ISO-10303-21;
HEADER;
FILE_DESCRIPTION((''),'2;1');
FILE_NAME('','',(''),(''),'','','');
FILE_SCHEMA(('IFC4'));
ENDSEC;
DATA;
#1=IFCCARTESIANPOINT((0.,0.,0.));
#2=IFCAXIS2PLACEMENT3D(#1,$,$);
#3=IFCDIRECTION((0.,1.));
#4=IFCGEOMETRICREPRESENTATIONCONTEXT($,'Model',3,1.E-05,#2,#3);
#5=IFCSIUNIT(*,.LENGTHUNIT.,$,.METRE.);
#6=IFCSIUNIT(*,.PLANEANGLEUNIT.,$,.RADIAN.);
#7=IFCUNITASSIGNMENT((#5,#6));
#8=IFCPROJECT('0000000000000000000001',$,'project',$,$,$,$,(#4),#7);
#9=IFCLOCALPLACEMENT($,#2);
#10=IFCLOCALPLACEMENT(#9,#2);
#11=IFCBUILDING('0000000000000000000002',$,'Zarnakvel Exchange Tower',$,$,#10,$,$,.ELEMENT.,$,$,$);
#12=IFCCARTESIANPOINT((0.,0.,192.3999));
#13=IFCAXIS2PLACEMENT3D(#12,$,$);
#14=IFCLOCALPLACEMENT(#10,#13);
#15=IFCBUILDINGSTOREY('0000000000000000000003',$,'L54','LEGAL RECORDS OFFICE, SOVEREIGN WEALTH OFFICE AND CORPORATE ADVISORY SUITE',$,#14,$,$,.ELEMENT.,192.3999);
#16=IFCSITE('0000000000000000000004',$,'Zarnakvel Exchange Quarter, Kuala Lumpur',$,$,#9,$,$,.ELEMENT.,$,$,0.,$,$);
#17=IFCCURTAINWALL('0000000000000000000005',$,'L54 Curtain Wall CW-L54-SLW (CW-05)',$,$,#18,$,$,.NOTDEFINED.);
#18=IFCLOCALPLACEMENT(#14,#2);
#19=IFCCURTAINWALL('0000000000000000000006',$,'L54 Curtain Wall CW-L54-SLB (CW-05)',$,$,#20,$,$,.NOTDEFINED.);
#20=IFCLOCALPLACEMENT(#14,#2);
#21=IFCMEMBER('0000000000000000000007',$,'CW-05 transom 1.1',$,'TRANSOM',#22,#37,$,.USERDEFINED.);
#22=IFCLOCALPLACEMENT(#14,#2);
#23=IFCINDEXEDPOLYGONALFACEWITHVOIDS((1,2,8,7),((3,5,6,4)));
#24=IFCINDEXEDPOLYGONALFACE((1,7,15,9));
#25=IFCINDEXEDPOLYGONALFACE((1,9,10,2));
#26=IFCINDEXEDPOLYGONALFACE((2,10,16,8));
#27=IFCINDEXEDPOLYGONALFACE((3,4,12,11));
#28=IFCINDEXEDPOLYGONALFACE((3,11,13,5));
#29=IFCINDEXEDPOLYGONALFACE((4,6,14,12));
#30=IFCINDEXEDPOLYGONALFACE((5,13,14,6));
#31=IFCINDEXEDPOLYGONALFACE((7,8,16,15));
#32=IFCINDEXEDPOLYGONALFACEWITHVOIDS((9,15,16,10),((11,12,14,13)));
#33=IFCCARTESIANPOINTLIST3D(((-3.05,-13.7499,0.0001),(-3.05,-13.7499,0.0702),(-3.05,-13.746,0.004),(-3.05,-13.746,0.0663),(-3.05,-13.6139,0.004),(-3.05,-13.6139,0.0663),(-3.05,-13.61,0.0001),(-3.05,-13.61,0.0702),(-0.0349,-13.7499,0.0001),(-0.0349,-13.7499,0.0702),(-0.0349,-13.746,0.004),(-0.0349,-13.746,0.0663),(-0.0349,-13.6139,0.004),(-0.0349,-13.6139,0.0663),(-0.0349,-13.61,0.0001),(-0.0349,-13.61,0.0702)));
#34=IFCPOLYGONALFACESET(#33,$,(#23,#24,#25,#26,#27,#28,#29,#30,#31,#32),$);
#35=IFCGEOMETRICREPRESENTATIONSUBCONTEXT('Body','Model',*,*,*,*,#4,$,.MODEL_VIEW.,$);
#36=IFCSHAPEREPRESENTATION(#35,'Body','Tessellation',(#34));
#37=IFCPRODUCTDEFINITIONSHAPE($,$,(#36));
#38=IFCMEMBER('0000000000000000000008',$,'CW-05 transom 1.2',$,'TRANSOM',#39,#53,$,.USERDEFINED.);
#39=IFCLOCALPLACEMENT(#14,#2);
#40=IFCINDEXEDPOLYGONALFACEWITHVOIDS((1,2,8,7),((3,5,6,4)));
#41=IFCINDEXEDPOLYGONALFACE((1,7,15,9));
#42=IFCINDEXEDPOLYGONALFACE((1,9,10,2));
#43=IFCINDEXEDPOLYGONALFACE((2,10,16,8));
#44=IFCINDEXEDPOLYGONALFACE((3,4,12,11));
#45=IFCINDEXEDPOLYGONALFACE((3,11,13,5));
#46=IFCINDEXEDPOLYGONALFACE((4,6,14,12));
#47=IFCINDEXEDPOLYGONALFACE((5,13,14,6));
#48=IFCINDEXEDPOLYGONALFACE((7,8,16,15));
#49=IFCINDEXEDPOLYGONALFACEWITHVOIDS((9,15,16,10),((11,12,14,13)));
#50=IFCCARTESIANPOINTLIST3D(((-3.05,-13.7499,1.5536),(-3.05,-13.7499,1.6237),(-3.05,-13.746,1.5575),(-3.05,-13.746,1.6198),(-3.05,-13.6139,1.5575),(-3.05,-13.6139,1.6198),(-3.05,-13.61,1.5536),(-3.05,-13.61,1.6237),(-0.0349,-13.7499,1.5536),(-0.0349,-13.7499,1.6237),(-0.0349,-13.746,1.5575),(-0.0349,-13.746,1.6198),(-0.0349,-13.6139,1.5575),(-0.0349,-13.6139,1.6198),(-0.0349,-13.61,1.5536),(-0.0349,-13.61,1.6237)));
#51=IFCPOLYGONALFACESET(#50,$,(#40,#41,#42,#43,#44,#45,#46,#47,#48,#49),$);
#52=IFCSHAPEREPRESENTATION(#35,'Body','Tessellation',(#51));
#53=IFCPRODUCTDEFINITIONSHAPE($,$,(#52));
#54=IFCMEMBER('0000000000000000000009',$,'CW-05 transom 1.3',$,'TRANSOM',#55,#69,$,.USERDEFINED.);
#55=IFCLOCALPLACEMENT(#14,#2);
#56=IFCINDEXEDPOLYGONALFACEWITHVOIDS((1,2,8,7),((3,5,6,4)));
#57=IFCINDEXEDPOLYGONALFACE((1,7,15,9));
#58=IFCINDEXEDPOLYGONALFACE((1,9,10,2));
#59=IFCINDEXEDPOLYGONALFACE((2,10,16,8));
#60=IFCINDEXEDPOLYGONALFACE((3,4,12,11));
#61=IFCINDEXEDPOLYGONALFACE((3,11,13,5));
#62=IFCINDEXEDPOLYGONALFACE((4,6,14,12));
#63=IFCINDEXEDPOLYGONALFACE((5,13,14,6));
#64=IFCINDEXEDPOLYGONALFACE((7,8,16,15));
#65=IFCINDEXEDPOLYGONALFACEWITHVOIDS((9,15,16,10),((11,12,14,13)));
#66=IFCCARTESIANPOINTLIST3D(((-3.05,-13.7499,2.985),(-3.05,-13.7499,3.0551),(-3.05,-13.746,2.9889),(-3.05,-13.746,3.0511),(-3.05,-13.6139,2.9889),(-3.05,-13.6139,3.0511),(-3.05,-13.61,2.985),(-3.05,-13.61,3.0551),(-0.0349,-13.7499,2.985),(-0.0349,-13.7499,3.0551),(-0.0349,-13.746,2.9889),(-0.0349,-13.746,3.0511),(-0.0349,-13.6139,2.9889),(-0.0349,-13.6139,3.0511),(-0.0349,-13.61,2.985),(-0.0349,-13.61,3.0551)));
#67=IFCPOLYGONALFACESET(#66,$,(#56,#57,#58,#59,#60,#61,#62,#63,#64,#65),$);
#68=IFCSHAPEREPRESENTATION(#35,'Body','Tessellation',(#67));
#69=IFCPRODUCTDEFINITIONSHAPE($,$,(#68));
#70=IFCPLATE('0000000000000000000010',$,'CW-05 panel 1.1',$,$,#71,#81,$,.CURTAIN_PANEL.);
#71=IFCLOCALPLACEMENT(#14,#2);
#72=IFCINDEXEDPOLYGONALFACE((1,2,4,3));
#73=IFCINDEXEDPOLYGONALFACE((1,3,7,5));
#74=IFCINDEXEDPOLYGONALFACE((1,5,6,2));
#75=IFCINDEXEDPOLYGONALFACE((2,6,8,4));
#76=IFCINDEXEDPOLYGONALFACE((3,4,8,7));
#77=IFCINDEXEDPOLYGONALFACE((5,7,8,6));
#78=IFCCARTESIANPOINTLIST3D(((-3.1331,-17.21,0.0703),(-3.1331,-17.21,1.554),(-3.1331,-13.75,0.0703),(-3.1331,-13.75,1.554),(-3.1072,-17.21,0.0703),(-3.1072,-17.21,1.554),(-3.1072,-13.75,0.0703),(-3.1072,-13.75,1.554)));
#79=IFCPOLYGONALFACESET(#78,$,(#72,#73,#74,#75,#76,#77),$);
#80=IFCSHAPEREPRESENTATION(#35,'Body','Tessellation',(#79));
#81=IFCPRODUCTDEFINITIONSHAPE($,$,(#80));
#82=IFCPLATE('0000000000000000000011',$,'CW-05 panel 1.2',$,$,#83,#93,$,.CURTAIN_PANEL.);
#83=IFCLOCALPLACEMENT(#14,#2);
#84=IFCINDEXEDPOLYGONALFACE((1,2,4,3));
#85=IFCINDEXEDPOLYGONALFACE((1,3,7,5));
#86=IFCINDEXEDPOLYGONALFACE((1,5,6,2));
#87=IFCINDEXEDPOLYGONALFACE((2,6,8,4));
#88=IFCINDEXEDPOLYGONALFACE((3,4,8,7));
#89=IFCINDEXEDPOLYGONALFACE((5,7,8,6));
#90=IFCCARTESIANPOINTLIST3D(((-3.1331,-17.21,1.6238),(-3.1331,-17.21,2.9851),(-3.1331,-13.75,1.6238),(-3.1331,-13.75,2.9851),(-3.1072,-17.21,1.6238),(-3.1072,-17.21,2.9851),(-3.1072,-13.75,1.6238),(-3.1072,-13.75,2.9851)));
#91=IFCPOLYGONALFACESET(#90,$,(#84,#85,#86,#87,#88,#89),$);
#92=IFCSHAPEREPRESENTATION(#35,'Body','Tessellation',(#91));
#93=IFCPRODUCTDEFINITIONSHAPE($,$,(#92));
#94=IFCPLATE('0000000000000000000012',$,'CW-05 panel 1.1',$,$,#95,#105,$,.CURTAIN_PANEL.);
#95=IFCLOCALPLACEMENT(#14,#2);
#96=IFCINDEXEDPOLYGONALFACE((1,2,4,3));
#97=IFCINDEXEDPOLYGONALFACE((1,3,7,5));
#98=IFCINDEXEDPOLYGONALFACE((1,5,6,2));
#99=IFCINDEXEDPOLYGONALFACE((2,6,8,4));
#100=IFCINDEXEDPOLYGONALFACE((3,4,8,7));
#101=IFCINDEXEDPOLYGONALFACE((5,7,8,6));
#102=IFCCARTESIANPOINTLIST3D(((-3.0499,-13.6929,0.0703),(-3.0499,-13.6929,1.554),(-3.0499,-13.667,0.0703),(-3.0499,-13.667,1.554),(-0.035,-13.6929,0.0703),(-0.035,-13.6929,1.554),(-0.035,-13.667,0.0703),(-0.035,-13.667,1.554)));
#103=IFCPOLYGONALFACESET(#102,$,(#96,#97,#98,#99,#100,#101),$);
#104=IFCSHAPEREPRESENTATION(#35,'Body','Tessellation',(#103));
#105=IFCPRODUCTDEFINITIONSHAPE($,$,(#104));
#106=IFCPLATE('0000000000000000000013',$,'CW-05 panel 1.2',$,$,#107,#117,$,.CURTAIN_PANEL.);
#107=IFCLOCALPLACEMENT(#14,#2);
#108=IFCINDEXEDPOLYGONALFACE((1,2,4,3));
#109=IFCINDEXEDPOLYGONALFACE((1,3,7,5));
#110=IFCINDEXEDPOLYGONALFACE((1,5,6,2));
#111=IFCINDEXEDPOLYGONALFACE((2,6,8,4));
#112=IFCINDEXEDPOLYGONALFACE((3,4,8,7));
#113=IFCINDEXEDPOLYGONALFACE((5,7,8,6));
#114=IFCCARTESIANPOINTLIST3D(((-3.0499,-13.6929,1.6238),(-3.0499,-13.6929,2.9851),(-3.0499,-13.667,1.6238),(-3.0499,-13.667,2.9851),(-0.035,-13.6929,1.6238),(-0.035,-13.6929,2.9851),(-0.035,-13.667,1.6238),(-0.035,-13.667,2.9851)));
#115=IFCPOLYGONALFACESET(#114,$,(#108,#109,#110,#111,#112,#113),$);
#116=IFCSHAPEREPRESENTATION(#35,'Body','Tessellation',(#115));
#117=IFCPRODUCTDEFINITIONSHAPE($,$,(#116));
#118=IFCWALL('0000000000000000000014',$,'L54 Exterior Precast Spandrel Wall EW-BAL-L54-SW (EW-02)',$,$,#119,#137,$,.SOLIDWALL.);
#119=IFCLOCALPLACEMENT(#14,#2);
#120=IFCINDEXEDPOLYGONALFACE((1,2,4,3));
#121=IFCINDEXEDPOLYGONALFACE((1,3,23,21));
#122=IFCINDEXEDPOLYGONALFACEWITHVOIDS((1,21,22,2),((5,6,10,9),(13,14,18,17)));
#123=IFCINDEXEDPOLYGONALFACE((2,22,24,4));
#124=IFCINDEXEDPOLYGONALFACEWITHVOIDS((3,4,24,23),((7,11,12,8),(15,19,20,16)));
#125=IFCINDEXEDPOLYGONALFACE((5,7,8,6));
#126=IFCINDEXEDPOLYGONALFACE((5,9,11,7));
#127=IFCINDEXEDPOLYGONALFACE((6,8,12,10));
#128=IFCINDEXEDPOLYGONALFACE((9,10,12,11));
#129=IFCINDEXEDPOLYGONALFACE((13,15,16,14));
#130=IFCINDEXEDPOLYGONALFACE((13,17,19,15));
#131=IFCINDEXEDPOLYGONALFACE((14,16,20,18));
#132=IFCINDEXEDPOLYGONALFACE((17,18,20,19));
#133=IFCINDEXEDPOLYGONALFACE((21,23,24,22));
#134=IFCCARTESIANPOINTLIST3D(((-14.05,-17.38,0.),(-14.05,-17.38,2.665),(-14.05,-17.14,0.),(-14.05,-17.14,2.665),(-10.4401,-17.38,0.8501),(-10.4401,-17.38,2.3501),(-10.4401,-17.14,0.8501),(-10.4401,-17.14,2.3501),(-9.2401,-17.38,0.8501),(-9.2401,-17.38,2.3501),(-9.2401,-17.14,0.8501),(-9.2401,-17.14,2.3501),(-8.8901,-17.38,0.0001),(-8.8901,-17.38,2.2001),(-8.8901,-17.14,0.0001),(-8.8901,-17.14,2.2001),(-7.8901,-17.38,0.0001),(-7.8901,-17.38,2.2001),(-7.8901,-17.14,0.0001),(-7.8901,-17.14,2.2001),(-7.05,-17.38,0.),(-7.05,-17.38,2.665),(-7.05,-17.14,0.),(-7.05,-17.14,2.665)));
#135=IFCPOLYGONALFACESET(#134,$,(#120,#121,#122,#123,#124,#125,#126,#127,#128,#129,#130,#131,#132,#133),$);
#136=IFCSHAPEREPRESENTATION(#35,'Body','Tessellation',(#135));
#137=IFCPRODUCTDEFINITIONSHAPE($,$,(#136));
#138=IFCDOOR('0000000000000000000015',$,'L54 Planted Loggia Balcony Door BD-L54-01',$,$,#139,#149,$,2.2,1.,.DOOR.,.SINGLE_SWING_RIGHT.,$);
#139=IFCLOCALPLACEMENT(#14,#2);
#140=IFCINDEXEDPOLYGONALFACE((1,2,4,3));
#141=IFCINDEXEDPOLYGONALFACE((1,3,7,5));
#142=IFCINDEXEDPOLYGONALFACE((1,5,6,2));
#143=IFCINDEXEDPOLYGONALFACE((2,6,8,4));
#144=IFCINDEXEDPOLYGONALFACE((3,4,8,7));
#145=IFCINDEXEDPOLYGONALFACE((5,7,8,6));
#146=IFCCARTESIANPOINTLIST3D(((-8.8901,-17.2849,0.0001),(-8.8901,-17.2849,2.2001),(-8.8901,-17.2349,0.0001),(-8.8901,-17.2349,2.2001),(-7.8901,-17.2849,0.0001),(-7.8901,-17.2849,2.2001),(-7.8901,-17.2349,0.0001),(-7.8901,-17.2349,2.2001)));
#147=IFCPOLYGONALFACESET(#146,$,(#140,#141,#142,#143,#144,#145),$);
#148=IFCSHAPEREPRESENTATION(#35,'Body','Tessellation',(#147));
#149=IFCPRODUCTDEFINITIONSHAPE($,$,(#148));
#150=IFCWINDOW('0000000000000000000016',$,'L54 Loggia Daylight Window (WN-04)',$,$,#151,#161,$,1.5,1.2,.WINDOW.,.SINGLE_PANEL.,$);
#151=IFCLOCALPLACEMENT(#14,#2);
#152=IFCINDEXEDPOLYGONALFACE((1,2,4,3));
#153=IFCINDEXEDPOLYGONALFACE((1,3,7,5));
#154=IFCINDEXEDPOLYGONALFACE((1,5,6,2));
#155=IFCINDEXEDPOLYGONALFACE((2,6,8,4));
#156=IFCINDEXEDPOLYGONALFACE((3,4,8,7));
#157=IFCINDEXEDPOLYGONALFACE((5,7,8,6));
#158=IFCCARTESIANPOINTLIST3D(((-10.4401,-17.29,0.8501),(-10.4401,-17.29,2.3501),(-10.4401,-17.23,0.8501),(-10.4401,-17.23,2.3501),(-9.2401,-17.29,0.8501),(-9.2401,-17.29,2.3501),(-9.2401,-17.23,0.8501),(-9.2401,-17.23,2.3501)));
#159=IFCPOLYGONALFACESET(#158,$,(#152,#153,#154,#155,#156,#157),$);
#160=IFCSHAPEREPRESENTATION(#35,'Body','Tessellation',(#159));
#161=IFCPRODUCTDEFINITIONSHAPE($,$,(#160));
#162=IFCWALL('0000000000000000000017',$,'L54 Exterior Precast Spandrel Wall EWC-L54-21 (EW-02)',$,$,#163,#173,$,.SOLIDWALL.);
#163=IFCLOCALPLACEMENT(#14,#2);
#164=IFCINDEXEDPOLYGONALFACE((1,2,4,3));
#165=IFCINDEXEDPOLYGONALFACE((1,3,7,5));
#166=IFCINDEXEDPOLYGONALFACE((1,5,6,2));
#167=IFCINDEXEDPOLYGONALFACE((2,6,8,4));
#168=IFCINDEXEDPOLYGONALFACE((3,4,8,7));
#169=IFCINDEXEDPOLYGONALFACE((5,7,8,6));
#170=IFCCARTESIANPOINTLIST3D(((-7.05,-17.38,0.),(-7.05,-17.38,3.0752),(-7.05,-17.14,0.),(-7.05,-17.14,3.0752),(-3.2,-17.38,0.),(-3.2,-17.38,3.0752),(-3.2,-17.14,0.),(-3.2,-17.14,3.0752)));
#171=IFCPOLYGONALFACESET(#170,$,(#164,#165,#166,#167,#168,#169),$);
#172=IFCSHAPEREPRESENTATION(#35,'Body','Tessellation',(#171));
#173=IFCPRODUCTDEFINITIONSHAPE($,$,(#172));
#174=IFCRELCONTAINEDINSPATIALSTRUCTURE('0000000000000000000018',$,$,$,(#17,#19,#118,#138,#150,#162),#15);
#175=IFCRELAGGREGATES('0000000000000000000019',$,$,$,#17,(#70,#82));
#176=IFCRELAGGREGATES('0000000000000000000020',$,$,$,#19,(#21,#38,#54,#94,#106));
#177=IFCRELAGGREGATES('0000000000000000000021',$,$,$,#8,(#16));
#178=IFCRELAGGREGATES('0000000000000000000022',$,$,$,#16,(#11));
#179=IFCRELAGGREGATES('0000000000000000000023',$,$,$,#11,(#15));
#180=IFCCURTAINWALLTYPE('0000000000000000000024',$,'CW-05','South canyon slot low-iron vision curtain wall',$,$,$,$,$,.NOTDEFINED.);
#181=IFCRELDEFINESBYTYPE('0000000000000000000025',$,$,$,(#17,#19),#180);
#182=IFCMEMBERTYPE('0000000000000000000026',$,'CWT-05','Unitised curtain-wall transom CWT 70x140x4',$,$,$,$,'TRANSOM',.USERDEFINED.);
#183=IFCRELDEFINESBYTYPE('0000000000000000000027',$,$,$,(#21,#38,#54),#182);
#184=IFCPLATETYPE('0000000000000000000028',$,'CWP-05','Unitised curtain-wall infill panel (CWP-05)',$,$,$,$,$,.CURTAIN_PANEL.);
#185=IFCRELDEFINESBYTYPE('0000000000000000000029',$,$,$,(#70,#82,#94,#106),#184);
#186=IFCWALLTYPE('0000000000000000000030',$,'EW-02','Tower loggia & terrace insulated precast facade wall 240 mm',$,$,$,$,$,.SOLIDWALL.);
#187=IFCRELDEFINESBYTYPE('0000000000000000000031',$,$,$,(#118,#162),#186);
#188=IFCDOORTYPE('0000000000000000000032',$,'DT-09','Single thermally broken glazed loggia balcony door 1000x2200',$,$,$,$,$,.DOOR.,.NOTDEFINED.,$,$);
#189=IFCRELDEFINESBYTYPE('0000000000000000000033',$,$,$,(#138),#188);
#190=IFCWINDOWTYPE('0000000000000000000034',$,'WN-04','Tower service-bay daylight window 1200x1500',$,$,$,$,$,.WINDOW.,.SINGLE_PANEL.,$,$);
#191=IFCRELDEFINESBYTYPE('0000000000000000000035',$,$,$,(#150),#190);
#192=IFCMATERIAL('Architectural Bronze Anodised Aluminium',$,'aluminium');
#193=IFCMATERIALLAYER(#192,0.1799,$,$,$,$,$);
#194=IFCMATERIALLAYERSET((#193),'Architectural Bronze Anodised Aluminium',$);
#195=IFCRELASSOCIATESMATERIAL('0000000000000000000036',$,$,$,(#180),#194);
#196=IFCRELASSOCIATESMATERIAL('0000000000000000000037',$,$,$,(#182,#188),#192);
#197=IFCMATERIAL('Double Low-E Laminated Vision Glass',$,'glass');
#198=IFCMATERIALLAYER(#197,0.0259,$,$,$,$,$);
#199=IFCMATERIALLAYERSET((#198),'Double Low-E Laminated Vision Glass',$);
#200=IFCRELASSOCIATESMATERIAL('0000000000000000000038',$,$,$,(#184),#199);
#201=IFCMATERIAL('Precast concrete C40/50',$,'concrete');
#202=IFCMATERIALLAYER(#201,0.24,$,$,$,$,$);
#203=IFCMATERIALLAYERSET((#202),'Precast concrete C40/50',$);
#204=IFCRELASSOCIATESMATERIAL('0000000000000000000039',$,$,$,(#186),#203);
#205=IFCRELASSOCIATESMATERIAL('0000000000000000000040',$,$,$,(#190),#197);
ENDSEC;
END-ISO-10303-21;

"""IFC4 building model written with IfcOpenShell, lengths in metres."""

from ifc_helpers import new_model, si_unit, direction, frame, frame_2d, origin, origin_2d, place, context, subcontext, project, spatial, rectangle, hollow_rectangle, extrude, source, transform, mapped, material, layer, layer_set, material_profile, profile_set, type_object, element, fill, aggregate, save


model = new_model("IFC4")

# Units and contexts
model_context = context("Model", 3, precision=1e-05, world=origin(), true_north=direction((0.0, 1.0)))
body_context = subcontext(model_context, "Body", "Model", "MODEL_VIEW")
ifc_project = project(units=[si_unit("LENGTHUNIT", "METRE"), si_unit("PLANEANGLEUNIT", "RADIAN")], contexts=[model_context])

# Site, building, storey
site_placement = place(None, origin())
site = spatial("IfcSite", under=ifc_project, at=site_placement, Name="Zarnakvel Exchange Quarter, Kuala Lumpur", CompositionType="ELEMENT", RefElevation=0.0)
building_placement = place(site_placement, origin())
building = spatial("IfcBuilding", under=site, at=building_placement, Name="Zarnakvel Exchange Tower", CompositionType="ELEMENT")
storey_placement = place(building_placement, frame((0.0, 0.0, 192.3999)))
storey = spatial("IfcBuildingStorey", under=building, at=storey_placement, Name="L54", Description="LEGAL RECORDS OFFICE, SOVEREIGN WEALTH OFFICE AND CORPORATE ADVISORY SUITE", CompositionType="ELEMENT", Elevation=192.3999)

# Curtain walls
ifc_material_1 = material(Name="Architectural Bronze Anodised Aluminium", Category="aluminium")
ifc_layer_1 = layer(ifc_material_1, 0.1799)
ifc_layer_set_1 = layer_set([ifc_layer_1], Name="Architectural Bronze Anodised Aluminium")
curtain_wall_type = type_object("IfcCurtainWallType", Name="CW-05", Description="South canyon slot low-iron vision curtain wall", PredefinedType="NOTDEFINED", material=ifc_layer_set_1)
curtain_wall_1_placement = place(storey_placement, origin())
curtain_wall_1 = element("IfcCurtainWall", 1, at=curtain_wall_1_placement, inside=storey, type_object=curtain_wall_type, Name="L54 Curtain Wall CW-L54-SLW (CW-05)", PredefinedType="NOTDEFINED")
curtain_wall_2_placement = place(storey_placement, origin())
curtain_wall_2 = element("IfcCurtainWall", 2, at=curtain_wall_2_placement, inside=storey, type_object=curtain_wall_type, Name="L54 Curtain Wall CW-L54-SLB (CW-05)", PredefinedType="NOTDEFINED")

# Members
ifc_material_profile_1 = material_profile(ifc_material_1, hollow_rectangle(XDim=0.1399, YDim=0.0701, WallThickness=0.0039, at=origin_2d()))
ifc_profile_set_1 = profile_set([ifc_material_profile_1], Name="Architectural Bronze Anodised Aluminium")
member_type_1 = type_object("IfcMemberType", Name="CWT-05", Description="Unitised curtain-wall transom CWT 70x140x4", ElementType="TRANSOM", PredefinedType="USERDEFINED", material=ifc_profile_set_1)
shared_shape_1 = source(origin(), body_context, "Body", "SweptSolid", [
    extrude(hollow_rectangle(XDim=0.1399, YDim=0.0701, WallThickness=0.0039, at=origin_2d()), origin(), (0.0, 0.0, 1.0), 3.0151),
])
member_1_placement = place(storey_placement, frame((-3.05, -13.6799, 0.0352), z_axis=(1.0, 0.0, 0.0), x_axis=(0.0, 1.0, 0.0)))
member_1 = element("IfcMember", 3, at=member_1_placement, type_object=member_type_1, Name="CW-05 transom 1.1", ObjectType="TRANSOM", PredefinedType="USERDEFINED", context=body_context, shape_type="MappedRepresentation", body=[
    mapped(shared_shape_1, transform((0.0, 0.0, 0.0), x_axis=(1.0, 0.0, 0.0), y_axis=(0.0, 1.0, 0.0), z_axis=(0.0, 0.0, 1.0), scale=1.0)),
])
member_2_placement = place(storey_placement, frame((-3.05, -13.6799, 1.5886), z_axis=(1.0, 0.0, 0.0), x_axis=(0.0, 1.0, 0.0)))
member_2 = element("IfcMember", 4, at=member_2_placement, type_object=member_type_1, Name="CW-05 transom 1.2", ObjectType="TRANSOM", PredefinedType="USERDEFINED", context=body_context, shape_type="MappedRepresentation", body=[
    mapped(shared_shape_1, transform((0.0, 0.0, 0.0), x_axis=(1.0, 0.0, 0.0), y_axis=(0.0, 1.0, 0.0), z_axis=(0.0, 0.0, 1.0), scale=1.0)),
])
member_3_placement = place(storey_placement, frame((-3.05, -13.6799, 3.02), z_axis=(1.0, 0.0, 0.0), x_axis=(0.0, 1.0, 0.0)))
member_3 = element("IfcMember", 5, at=member_3_placement, type_object=member_type_1, Name="CW-05 transom 1.3", ObjectType="TRANSOM", PredefinedType="USERDEFINED", context=body_context, shape_type="MappedRepresentation", body=[
    mapped(shared_shape_1, transform((0.0, 0.0, 0.0), x_axis=(1.0, 0.0, 0.0), y_axis=(0.0, 1.0, 0.0), z_axis=(0.0, 0.0, 1.0), scale=1.0)),
])

# Plates
ifc_material_2 = material(Name="Double Low-E Laminated Vision Glass", Category="glass")
ifc_layer_2 = layer(ifc_material_2, 0.0259)
ifc_layer_set_2 = layer_set([ifc_layer_2], Name="Double Low-E Laminated Vision Glass")
plate_type = type_object("IfcPlateType", Name="CWP-05", Description="Unitised curtain-wall infill panel (CWP-05)", PredefinedType="CURTAIN_PANEL", material=ifc_layer_set_2)
shared_shape_2 = source(origin(), body_context, "Body", "SweptSolid", [
    extrude(rectangle(XDim=3.46, YDim=0.0259, at=origin_2d()), origin(), (0.0, 0.0, 1.0), 1.4836),
])
plate_1_placement = place(storey_placement, frame((-3.1201, -15.48, 0.0703), z_axis=(0.0, 0.0, 1.0), x_axis=(0.0, 1.0, 0.0)))
plate_1 = element("IfcPlate", 6, at=plate_1_placement, type_object=plate_type, Name="CW-05 panel 1.1", PredefinedType="CURTAIN_PANEL", context=body_context, shape_type="MappedRepresentation", body=[
    mapped(shared_shape_2, transform((0.0, 0.0, 0.0), x_axis=(1.0, 0.0, 0.0), y_axis=(0.0, 1.0, 0.0), z_axis=(0.0, 0.0, 1.0), scale=1.0)),
])
shared_shape_3 = source(origin(), body_context, "Body", "SweptSolid", [
    extrude(rectangle(XDim=3.46, YDim=0.0259, at=origin_2d()), origin(), (0.0, 0.0, 1.0), 1.3613),
])
plate_2_placement = place(storey_placement, frame((-3.1201, -15.48, 1.6238), z_axis=(0.0, 0.0, 1.0), x_axis=(0.0, 1.0, 0.0)))
plate_2 = element("IfcPlate", 7, at=plate_2_placement, type_object=plate_type, Name="CW-05 panel 1.2", PredefinedType="CURTAIN_PANEL", context=body_context, shape_type="MappedRepresentation", body=[
    mapped(shared_shape_3, transform((0.0, 0.0, 0.0), x_axis=(1.0, 0.0, 0.0), y_axis=(0.0, 1.0, 0.0), z_axis=(0.0, 0.0, 1.0), scale=1.0)),
])
aggregate(curtain_wall_1, [plate_1, plate_2])
shared_shape_4 = source(origin(), body_context, "Body", "SweptSolid", [
    extrude(rectangle(XDim=3.0149, YDim=0.0259, at=origin_2d()), origin(), (0.0, 0.0, 1.0), 1.4836),
])
plate_3_placement = place(storey_placement, frame((-1.5425, -13.6799, 0.0703), z_axis=(0.0, 0.0, 1.0), x_axis=(1.0, 0.0, 0.0)))
plate_3 = element("IfcPlate", 8, at=plate_3_placement, type_object=plate_type, Name="CW-05 panel 1.1", PredefinedType="CURTAIN_PANEL", context=body_context, shape_type="MappedRepresentation", body=[
    mapped(shared_shape_4, transform((0.0, 0.0, 0.0), x_axis=(1.0, 0.0, 0.0), y_axis=(0.0, 1.0, 0.0), z_axis=(0.0, 0.0, 1.0), scale=1.0)),
])
shared_shape_5 = source(origin(), body_context, "Body", "SweptSolid", [
    extrude(rectangle(XDim=3.0149, YDim=0.0259, at=origin_2d()), origin(), (0.0, 0.0, 1.0), 1.3613),
])
plate_4_placement = place(storey_placement, frame((-1.5425, -13.6799, 1.6238), z_axis=(0.0, 0.0, 1.0), x_axis=(1.0, 0.0, 0.0)))
plate_4 = element("IfcPlate", 9, at=plate_4_placement, type_object=plate_type, Name="CW-05 panel 1.2", PredefinedType="CURTAIN_PANEL", context=body_context, shape_type="MappedRepresentation", body=[
    mapped(shared_shape_5, transform((0.0, 0.0, 0.0), x_axis=(1.0, 0.0, 0.0), y_axis=(0.0, 1.0, 0.0), z_axis=(0.0, 0.0, 1.0), scale=1.0)),
])
aggregate(curtain_wall_2, [member_1, member_2, member_3, plate_3, plate_4])

# Wall, openings, door, window
ifc_material_3 = material(Name="Precast concrete C40/50", Category="concrete")
ifc_layer_3 = layer(ifc_material_3, 0.24)
ifc_layer_set_3 = layer_set([ifc_layer_3], Name="Precast concrete C40/50")
wall_type = type_object("IfcWallType", Name="EW-02", Description="Tower loggia & terrace insulated precast facade wall 240 mm", PredefinedType="SOLIDWALL", material=ifc_layer_set_3)
wall_1_placement = place(storey_placement, frame((-7.05, -17.26, 0.0), z_axis=(0.0, 0.0, 1.0), x_axis=(-1.0, 0.0, 0.0)))
wall_1 = element("IfcWall", 10, at=wall_1_placement, inside=storey, type_object=wall_type, Name="L54 Exterior Precast Spandrel Wall EW-BAL-L54-SW (EW-02)", PredefinedType="SOLIDWALL", context=body_context, shape_type="SweptSolid", body=[
    extrude(rectangle(XDim=7.0, YDim=0.24, at=frame_2d((3.5, 0.0))), origin(), (0.0, 0.0, 1.0), 2.665),
])
opening_1_placement = place(wall_1_placement, frame((0.8401, 0.0, 0.0)))
opening_1 = element("IfcOpeningElement", 11, at=opening_1_placement, cuts=wall_1, PredefinedType="OPENING", context=body_context, shape_type="SweptSolid", body=[
    extrude(rectangle(XDim=1.0, YDim=2.2, at=frame_2d((0.5, 1.1001))), frame((0.0, 0.1299, 0.0), z_axis=(0.0, -1.0, 0.0), x_axis=(1.0, 0.0, 0.0)), (0.0, 0.0, 1.0), 0.26),
])
opening_2_placement = place(wall_1_placement, frame((2.1899, 0.0, 0.8501)))
opening_2 = element("IfcOpeningElement", 12, at=opening_2_placement, cuts=wall_1, PredefinedType="OPENING", context=body_context, shape_type="SweptSolid", body=[
    extrude(rectangle(XDim=1.2, YDim=1.5, at=frame_2d((0.6001, 0.75))), frame((0.0, 0.1299, 0.0), z_axis=(0.0, -1.0, 0.0), x_axis=(1.0, 0.0, 0.0)), (0.0, 0.0, 1.0), 0.26),
])
door_type = type_object("IfcDoorType", Name="DT-09", Description="Single thermally broken glazed loggia balcony door 1000x2200", OperationType="NOTDEFINED", PredefinedType="DOOR", material=ifc_material_1)
shared_shape_6 = source(origin(), body_context, "Body", "SweptSolid", [
    extrude(rectangle(XDim=1.0, YDim=2.2, at=frame_2d((0.5, 1.1001))), frame((0.0, 0.0249, 0.0), z_axis=(0.0, -1.0, 0.0), x_axis=(1.0, 0.0, 0.0)), (0.0, 0.0, 1.0), 0.05),
])
door_placement = place(opening_1_placement, origin())
door = element("IfcDoor", 13, at=door_placement, inside=storey, type_object=door_type, Name="L54 Planted Loggia Balcony Door BD-L54-01", OperationType="SINGLE_SWING_RIGHT", OverallHeight=2.2, OverallWidth=1.0, PredefinedType="DOOR", context=body_context, shape_type="MappedRepresentation", body=[
    mapped(shared_shape_6, transform((0.0, 0.0, 0.0), x_axis=(1.0, 0.0, 0.0), y_axis=(0.0, 1.0, 0.0), z_axis=(0.0, 0.0, 1.0), scale=1.0)),
])
fill(opening_1, door)
window_type = type_object("IfcWindowType", Name="WN-04", Description="Tower service-bay daylight window 1200x1500", PartitioningType="SINGLE_PANEL", PredefinedType="WINDOW", material=ifc_material_2)
shared_shape_7 = source(origin(), body_context, "Body", "SweptSolid", [
    extrude(rectangle(XDim=1.2, YDim=1.5, at=frame_2d((0.6001, 0.75))), frame((0.0, 0.03, 0.0), z_axis=(0.0, -1.0, 0.0), x_axis=(1.0, 0.0, 0.0)), (0.0, 0.0, 1.0), 0.0601),
])
window_placement = place(opening_2_placement, origin())
window = element("IfcWindow", 14, at=window_placement, inside=storey, type_object=window_type, Name="L54 Loggia Daylight Window (WN-04)", OverallHeight=1.5, OverallWidth=1.2, PartitioningType="SINGLE_PANEL", PredefinedType="WINDOW", context=body_context, shape_type="MappedRepresentation", body=[
    mapped(shared_shape_7, transform((0.0, 0.0, 0.0), x_axis=(1.0, 0.0, 0.0), y_axis=(0.0, 1.0, 0.0), z_axis=(0.0, 0.0, 1.0), scale=1.0)),
])
fill(opening_2, window)

# Wall
wall_2_placement = place(storey_placement, frame((-7.05, -17.26, 0.0), z_axis=(0.0, 0.0, 1.0), x_axis=(1.0, 0.0, 0.0)))
element("IfcWall", 15, at=wall_2_placement, inside=storey, type_object=wall_type, Name="L54 Exterior Precast Spandrel Wall EWC-L54-21 (EW-02)", PredefinedType="SOLIDWALL", context=body_context, shape_type="SweptSolid", body=[
    extrude(rectangle(XDim=3.8501, YDim=0.24, at=frame_2d((1.925, 0.0))), origin(), (0.0, 0.0, 1.0), 3.0752),
])

save(model, "model.ifc")
